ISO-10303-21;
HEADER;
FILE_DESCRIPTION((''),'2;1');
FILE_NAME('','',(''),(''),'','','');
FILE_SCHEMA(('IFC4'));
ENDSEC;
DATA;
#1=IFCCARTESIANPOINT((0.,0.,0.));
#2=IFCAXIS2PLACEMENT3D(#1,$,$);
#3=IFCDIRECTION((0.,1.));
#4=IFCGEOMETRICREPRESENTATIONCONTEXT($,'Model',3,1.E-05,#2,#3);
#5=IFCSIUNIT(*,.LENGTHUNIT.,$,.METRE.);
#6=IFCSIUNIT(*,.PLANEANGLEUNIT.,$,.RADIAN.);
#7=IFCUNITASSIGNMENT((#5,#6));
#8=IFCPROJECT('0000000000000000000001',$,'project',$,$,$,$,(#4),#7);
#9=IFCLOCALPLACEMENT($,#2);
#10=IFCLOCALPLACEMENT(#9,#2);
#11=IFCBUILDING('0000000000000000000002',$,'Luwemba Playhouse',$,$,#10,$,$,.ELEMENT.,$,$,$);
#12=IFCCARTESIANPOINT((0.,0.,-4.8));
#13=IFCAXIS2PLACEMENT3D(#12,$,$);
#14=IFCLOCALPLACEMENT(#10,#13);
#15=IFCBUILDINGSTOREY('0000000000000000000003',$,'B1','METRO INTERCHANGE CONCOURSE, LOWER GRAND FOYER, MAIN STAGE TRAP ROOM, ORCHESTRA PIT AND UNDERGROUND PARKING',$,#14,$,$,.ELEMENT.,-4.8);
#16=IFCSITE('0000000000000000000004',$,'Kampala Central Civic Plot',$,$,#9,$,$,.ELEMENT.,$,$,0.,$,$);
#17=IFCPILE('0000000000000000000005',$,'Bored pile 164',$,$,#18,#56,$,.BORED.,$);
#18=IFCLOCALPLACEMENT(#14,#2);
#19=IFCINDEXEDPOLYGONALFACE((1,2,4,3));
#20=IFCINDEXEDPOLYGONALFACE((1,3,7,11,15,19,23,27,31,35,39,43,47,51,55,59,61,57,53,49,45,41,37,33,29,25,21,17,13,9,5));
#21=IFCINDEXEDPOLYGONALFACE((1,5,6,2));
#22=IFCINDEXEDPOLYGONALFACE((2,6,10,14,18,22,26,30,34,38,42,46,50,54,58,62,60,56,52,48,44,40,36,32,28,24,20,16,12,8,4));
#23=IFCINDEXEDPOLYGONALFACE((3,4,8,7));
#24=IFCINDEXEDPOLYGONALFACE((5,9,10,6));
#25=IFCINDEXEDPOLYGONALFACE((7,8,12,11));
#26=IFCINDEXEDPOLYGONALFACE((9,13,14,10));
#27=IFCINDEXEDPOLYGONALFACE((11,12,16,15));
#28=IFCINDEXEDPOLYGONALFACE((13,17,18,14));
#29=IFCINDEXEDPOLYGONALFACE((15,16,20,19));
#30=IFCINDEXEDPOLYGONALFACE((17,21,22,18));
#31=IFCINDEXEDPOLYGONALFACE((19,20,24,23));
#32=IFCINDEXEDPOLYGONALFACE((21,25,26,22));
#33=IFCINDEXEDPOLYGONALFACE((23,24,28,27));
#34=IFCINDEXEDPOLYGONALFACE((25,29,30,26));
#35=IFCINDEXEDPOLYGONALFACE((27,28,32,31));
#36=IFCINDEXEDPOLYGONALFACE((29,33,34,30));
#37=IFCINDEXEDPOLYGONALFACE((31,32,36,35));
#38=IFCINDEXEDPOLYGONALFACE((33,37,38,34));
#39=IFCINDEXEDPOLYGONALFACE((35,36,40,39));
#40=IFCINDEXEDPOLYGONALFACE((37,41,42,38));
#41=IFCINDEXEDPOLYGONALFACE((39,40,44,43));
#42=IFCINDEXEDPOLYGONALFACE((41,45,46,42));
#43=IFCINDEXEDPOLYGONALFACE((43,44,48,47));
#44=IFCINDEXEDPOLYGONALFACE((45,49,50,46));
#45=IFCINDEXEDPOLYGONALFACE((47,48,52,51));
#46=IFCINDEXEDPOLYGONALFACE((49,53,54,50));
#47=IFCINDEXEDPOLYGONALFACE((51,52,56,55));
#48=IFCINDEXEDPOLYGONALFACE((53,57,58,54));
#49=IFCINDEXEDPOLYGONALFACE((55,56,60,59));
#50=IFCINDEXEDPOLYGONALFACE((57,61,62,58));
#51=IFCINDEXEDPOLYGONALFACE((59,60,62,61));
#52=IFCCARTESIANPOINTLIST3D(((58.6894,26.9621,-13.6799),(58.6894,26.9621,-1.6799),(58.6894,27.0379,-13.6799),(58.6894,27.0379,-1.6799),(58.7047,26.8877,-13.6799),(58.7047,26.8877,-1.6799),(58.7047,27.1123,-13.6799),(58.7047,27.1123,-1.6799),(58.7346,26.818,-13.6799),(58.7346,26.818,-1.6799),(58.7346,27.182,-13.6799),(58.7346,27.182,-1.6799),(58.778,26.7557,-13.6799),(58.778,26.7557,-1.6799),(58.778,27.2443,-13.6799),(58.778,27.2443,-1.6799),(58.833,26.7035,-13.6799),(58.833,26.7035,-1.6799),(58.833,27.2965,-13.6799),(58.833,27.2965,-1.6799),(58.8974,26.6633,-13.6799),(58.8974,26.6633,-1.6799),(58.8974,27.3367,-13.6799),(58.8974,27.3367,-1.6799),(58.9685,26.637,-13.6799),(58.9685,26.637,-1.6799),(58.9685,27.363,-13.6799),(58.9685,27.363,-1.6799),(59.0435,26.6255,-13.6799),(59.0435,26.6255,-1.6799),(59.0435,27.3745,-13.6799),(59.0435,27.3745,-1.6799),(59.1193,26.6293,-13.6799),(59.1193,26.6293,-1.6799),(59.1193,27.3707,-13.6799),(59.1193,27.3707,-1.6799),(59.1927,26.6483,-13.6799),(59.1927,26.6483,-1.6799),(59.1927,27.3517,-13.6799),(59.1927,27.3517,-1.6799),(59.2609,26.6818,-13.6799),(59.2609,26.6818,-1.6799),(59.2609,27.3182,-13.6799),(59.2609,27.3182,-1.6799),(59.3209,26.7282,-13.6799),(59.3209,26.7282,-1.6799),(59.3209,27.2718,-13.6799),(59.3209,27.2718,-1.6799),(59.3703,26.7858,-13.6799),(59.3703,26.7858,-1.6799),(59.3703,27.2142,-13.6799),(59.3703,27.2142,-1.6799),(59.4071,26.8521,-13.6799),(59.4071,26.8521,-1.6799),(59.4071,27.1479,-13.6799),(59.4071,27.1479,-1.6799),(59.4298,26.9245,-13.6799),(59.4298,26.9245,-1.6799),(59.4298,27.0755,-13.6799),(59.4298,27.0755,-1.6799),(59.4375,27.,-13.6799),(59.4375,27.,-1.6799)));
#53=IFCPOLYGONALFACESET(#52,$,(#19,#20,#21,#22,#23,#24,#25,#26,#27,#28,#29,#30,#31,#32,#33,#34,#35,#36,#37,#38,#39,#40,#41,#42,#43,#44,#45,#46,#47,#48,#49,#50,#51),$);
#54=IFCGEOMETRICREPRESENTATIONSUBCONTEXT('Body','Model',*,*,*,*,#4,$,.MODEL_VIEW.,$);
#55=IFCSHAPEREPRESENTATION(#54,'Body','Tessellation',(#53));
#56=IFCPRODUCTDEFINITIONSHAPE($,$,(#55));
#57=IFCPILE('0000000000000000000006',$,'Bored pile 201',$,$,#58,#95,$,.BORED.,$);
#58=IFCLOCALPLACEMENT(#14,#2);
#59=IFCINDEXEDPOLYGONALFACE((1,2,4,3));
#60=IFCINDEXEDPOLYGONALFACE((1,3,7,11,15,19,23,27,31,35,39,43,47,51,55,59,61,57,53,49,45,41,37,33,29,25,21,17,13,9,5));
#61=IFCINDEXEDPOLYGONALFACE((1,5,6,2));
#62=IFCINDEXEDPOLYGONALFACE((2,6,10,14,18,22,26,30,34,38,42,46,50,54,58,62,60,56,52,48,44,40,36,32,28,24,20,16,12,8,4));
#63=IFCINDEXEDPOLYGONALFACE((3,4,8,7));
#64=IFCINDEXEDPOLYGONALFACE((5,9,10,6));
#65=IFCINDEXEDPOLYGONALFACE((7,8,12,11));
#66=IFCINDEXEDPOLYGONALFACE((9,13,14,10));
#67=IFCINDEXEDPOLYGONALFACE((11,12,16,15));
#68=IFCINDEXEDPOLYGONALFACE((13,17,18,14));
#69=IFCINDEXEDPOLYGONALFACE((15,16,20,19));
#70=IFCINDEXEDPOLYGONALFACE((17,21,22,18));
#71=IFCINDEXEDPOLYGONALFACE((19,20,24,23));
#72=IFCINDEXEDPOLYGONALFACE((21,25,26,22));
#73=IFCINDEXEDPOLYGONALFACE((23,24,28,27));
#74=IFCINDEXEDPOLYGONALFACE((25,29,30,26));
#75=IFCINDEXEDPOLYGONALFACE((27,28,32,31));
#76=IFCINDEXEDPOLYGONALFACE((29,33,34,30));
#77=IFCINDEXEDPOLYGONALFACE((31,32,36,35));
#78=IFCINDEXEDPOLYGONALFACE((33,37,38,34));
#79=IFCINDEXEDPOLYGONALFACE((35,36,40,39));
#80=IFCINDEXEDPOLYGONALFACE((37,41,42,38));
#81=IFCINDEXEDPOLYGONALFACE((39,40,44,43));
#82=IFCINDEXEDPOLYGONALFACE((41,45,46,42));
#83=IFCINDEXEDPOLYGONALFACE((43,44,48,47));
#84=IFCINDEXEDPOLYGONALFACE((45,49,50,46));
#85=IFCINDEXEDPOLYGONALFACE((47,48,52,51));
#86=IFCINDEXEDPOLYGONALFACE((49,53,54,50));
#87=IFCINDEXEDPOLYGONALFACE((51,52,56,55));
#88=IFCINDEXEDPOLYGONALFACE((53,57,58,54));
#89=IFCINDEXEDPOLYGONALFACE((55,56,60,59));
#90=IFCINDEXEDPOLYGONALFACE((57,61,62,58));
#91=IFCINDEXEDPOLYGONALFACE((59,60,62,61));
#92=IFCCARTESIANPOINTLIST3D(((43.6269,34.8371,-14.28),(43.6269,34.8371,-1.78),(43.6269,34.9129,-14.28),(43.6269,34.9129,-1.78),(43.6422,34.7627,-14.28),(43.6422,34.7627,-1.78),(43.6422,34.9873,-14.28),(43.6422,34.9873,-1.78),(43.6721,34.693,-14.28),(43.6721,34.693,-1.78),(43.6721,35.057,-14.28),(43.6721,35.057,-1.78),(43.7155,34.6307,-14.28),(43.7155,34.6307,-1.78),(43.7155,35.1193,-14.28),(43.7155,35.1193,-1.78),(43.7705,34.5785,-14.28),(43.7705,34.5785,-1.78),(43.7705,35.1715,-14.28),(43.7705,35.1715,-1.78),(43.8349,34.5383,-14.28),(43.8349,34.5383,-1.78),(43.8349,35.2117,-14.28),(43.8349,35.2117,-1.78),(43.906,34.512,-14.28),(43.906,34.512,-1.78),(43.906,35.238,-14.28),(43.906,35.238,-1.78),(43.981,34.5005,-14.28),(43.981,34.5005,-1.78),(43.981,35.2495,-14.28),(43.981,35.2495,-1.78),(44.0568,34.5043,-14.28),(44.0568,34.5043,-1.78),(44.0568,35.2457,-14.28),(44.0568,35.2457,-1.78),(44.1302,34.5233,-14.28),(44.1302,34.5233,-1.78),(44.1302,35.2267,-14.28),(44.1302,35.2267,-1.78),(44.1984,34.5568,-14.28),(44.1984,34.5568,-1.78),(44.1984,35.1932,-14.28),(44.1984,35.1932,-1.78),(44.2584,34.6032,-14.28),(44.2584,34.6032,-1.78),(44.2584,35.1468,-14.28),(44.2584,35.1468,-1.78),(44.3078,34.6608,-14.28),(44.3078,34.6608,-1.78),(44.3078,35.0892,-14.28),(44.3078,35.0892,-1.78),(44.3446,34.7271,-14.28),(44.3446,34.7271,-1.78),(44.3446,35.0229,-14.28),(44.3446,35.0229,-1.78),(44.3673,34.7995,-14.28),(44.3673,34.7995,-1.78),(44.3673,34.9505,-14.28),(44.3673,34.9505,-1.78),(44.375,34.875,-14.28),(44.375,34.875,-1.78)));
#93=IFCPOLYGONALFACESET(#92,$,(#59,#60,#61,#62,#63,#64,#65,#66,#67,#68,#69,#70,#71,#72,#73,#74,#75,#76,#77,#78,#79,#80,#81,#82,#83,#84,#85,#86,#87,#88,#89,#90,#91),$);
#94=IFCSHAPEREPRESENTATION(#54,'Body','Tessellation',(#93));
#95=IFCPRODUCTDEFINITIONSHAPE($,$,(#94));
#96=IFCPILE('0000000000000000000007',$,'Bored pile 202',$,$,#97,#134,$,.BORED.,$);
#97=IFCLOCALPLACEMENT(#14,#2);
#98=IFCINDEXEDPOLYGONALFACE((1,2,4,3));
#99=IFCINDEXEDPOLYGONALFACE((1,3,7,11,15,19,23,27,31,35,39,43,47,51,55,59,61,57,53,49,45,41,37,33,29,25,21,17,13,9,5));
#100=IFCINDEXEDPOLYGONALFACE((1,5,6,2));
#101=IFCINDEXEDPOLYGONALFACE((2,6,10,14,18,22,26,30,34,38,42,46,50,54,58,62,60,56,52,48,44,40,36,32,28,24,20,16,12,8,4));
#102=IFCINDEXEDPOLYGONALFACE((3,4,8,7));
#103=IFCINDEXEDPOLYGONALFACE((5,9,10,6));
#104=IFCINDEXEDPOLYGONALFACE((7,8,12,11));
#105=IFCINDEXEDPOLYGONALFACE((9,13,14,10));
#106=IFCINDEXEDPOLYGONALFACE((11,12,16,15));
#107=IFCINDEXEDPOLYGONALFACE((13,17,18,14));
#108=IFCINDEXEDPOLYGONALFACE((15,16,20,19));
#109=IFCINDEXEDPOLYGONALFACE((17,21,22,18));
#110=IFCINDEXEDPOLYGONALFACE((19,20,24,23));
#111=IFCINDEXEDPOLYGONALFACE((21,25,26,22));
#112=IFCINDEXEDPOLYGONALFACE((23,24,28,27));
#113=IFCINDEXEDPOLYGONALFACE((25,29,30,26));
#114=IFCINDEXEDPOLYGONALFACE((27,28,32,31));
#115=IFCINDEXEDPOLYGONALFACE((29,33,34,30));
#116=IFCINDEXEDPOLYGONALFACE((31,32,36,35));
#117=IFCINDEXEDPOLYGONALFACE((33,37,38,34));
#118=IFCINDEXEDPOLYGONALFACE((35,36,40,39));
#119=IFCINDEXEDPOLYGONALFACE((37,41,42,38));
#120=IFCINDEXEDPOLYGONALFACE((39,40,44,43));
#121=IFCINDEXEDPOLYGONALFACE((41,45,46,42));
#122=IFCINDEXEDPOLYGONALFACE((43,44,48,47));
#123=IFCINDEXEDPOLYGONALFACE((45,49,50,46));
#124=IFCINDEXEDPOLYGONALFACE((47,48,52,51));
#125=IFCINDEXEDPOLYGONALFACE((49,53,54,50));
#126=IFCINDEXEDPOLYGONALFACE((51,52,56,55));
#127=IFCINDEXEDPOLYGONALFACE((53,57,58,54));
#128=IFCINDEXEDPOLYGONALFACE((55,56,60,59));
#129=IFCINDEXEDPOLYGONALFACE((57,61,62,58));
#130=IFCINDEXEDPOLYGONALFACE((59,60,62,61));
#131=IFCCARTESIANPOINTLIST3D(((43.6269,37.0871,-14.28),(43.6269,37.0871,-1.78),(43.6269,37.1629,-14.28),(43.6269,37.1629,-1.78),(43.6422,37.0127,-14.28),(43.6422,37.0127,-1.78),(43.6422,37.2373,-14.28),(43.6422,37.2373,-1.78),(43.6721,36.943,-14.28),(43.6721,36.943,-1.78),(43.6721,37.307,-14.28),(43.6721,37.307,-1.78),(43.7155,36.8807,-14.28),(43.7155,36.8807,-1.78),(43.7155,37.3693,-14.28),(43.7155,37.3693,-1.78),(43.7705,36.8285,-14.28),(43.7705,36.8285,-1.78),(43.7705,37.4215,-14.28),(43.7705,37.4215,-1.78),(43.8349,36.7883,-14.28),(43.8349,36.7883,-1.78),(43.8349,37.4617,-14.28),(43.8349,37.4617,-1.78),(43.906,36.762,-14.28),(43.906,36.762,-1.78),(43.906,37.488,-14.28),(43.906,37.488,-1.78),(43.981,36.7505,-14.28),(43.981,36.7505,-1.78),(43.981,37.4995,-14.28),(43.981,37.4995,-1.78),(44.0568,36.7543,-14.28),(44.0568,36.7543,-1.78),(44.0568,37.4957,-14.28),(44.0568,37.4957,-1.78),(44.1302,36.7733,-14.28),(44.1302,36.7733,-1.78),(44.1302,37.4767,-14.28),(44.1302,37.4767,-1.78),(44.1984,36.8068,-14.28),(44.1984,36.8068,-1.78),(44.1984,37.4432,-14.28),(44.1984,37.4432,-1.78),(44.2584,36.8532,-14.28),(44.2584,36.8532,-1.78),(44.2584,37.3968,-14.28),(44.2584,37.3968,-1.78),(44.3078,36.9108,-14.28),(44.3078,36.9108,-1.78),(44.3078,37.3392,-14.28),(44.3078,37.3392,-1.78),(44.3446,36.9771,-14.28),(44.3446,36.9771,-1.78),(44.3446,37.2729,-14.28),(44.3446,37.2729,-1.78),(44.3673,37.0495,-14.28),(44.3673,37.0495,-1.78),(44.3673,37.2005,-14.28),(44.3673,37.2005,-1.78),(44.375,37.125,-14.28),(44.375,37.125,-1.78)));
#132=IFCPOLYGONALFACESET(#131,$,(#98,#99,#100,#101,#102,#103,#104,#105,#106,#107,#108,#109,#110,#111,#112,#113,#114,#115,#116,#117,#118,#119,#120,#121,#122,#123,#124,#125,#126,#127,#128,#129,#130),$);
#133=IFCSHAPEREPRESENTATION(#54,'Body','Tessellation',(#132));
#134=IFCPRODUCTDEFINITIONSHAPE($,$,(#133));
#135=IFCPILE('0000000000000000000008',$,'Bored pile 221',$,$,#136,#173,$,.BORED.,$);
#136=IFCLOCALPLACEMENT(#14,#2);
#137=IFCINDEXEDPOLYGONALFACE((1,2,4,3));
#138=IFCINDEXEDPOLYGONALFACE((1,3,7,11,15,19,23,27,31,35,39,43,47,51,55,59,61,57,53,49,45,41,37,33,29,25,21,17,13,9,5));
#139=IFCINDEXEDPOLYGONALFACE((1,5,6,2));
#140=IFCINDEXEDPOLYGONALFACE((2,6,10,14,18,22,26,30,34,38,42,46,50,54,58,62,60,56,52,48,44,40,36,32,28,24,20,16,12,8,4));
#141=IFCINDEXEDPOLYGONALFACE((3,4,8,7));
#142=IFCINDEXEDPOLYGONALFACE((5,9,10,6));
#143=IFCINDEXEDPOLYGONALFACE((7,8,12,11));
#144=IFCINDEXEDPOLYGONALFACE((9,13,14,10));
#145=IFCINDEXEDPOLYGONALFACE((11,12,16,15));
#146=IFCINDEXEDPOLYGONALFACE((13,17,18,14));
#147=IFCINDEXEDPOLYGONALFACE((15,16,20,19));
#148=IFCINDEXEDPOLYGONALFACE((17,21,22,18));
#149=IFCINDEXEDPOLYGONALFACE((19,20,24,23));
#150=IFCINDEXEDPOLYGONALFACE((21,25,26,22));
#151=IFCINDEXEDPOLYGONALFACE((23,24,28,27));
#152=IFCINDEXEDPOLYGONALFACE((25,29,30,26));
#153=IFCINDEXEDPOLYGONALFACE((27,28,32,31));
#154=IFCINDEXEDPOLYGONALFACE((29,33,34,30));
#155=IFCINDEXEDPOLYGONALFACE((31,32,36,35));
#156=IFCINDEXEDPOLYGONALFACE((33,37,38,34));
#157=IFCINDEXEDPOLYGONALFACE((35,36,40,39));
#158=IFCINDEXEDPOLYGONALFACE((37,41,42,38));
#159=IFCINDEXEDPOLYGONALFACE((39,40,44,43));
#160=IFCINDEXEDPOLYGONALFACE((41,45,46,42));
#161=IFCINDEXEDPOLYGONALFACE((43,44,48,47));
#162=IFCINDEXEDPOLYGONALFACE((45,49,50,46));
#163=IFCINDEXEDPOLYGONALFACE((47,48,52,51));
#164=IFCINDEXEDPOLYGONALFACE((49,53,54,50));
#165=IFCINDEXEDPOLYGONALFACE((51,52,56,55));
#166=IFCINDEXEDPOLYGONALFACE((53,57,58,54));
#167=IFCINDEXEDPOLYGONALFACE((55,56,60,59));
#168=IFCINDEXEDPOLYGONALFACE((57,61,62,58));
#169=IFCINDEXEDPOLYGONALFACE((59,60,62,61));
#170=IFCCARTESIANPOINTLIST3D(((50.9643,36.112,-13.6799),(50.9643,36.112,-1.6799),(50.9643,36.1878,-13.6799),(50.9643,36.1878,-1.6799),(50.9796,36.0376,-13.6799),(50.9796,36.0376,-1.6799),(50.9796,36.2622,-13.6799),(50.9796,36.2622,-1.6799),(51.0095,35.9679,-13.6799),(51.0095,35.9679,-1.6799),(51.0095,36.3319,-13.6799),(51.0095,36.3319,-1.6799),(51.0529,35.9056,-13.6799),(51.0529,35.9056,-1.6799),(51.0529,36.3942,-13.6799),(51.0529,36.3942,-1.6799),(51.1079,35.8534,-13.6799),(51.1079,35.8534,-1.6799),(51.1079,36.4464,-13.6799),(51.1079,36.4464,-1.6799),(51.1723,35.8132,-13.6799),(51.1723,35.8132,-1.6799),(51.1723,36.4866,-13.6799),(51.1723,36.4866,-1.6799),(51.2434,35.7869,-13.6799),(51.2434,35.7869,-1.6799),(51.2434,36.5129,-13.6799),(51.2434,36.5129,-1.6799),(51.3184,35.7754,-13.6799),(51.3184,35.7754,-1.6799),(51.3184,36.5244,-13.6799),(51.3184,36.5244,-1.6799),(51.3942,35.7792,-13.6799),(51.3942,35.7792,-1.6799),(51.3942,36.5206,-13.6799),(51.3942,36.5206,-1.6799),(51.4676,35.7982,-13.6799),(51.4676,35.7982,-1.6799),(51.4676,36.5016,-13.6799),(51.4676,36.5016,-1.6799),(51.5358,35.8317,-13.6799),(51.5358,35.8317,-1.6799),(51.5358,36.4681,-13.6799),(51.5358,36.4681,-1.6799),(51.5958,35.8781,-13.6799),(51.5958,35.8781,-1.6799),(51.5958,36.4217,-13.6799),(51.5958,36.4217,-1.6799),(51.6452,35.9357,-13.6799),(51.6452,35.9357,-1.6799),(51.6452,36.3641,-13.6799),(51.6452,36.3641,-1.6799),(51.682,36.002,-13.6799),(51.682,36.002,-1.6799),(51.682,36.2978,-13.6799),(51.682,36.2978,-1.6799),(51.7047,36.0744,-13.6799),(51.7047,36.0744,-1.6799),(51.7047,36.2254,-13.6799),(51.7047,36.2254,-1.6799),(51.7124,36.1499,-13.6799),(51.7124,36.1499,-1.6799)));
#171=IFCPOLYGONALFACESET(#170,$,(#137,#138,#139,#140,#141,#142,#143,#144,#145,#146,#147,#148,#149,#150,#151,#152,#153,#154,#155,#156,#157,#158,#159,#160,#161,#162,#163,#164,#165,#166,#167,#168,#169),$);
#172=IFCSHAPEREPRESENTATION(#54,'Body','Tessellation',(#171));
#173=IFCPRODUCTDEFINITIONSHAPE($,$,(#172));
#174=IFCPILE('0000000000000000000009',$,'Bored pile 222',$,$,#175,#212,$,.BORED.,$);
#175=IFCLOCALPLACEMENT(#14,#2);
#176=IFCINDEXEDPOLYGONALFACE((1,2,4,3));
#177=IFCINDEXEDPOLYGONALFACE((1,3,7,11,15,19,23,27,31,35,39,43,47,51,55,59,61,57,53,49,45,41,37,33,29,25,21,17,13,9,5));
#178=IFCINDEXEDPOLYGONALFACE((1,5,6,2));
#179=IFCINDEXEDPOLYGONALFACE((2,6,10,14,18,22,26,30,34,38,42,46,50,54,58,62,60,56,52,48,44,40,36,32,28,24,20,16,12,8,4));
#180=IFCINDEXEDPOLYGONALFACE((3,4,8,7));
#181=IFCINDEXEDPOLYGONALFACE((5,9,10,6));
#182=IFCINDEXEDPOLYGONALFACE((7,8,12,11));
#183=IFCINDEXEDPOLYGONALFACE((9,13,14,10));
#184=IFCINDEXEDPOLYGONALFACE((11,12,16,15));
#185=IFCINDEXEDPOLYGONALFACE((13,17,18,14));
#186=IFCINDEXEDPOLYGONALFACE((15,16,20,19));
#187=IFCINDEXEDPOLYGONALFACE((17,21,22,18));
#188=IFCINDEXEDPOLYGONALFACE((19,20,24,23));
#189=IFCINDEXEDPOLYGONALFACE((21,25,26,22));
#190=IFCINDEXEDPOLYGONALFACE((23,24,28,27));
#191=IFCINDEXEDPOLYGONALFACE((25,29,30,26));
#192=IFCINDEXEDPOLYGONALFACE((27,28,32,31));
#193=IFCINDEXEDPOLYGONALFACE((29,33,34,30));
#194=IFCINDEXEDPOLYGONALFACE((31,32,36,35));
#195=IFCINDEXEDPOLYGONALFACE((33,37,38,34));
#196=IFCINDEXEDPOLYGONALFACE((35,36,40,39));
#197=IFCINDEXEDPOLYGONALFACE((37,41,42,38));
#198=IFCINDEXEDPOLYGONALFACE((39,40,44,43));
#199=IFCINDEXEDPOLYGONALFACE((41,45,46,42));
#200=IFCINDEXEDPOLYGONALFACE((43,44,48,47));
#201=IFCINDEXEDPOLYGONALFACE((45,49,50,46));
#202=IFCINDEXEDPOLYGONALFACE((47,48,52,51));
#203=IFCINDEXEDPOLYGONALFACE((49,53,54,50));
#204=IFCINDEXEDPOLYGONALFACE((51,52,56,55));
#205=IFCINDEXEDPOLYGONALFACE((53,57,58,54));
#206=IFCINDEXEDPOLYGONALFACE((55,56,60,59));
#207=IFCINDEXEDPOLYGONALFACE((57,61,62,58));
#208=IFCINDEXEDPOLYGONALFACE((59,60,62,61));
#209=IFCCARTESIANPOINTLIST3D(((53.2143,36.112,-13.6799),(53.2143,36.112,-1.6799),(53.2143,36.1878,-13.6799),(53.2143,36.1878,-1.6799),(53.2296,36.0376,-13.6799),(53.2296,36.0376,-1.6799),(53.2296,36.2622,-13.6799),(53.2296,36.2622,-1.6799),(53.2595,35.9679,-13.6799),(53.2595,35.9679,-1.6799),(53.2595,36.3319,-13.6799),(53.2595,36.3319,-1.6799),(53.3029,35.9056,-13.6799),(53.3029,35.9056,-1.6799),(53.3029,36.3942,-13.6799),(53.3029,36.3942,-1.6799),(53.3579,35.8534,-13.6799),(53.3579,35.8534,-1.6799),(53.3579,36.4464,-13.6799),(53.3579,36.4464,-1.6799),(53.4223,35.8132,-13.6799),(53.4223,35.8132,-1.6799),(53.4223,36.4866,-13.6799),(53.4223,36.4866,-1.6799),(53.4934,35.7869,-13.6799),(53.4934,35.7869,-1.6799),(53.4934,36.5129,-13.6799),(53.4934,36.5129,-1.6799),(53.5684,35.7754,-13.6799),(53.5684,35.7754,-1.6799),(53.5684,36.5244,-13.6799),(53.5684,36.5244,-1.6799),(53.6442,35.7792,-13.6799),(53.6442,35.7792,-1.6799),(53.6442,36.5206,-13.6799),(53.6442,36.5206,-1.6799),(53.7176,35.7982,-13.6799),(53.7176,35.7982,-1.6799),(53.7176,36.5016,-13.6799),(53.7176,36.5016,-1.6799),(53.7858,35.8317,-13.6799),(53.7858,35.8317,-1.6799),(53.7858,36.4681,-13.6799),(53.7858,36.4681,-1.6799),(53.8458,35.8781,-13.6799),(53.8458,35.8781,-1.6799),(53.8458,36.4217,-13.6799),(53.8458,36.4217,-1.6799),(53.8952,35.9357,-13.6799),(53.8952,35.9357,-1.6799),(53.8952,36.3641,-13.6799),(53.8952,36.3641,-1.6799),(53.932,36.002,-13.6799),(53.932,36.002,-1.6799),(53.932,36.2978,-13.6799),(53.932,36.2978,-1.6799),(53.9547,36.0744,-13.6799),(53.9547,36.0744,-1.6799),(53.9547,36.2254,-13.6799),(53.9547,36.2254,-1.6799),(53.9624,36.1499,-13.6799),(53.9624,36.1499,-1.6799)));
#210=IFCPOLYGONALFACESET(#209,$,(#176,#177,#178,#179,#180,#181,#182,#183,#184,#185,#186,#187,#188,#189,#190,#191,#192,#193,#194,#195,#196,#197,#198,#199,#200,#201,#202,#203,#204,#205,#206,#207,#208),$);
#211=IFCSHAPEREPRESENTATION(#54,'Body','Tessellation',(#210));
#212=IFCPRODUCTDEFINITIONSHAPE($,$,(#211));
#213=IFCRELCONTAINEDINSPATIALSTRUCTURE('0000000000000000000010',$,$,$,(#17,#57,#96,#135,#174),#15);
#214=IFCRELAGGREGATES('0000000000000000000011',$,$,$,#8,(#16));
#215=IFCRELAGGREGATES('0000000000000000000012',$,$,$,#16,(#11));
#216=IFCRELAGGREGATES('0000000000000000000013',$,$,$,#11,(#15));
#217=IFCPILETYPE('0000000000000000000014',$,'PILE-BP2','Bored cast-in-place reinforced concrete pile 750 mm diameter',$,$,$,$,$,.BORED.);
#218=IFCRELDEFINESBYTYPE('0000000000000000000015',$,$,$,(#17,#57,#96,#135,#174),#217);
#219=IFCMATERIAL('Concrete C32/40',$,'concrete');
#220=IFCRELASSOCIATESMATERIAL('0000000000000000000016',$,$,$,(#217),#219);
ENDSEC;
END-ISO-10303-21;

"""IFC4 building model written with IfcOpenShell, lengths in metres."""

from ifc_helpers import new_model, si_unit, direction, frame, origin, origin_2d, place, context, subcontext, project, spatial, circle, extrude, material, material_profile, profile_set, type_object, element, save


model = new_model("IFC4")

# Units and contexts
model_context = context("Model", 3, precision=1e-05, world=origin(), true_north=direction((0.0, 1.0)))
body_context = subcontext(model_context, "Body", "Model", "MODEL_VIEW")
ifc_project = project(units=[si_unit("LENGTHUNIT", "METRE"), si_unit("PLANEANGLEUNIT", "RADIAN")], contexts=[model_context])

# Site, building, storey
site_placement = place(None, origin())
site = spatial("IfcSite", under=ifc_project, at=site_placement, Name="Kampala Central Civic Plot", CompositionType="ELEMENT", RefElevation=0.0)
building_placement = place(site_placement, origin())
building = spatial("IfcBuilding", under=site, at=building_placement, Name="Luwemba Playhouse", CompositionType="ELEMENT")
storey_placement = place(building_placement, frame((0.0, 0.0, -4.8)))
storey = spatial("IfcBuildingStorey", under=building, at=storey_placement, Name="B1", Description="METRO INTERCHANGE CONCOURSE, LOWER GRAND FOYER, MAIN STAGE TRAP ROOM, ORCHESTRA PIT AND UNDERGROUND PARKING", CompositionType="ELEMENT", Elevation=-4.8)

# Shared definitions
ifc_material_1 = material(Name="Concrete C32/40", Category="concrete")

# Piles
ifc_material_profile_1 = material_profile(ifc_material_1, circle(Radius=0.375, at=origin_2d()))
ifc_profile_set_1 = profile_set([ifc_material_profile_1], Name="Concrete C32/40")
pile_type_1 = type_object("IfcPileType", Name="PILE-BP2", Description="Bored cast-in-place reinforced concrete pile 750 mm diameter", PredefinedType="BORED", material=ifc_profile_set_1)
for number, where, z_axis, x_axis, name in (
    (1, (59.0625, 27.0, -1.6799), (0.0, 0.0, -1.0), (1.0, 0.0, 0.0), "Bored pile 164"),
):
    element("IfcPile", number, at=place(storey_placement, frame(where, z_axis=z_axis, x_axis=x_axis)), inside=storey, type_object=pile_type_1, Name=name, PredefinedType="BORED", context=body_context, shape_type="SweptSolid", body=[
        extrude(circle(Radius=0.375, at=origin_2d()), origin(), (0.0, 0.0, 1.0), 12.0),
    ])
for number, where, z_axis, x_axis, name in (
    (2, (44.0, 34.875, -1.78), (0.0, 0.0, -1.0), (1.0, 0.0, 0.0), "Bored pile 201"),
    (3, (44.0, 37.125, -1.78), (0.0, 0.0, -1.0), (1.0, 0.0, 0.0), "Bored pile 202"),
):
    element("IfcPile", number, at=place(storey_placement, frame(where, z_axis=z_axis, x_axis=x_axis)), inside=storey, type_object=pile_type_1, Name=name, PredefinedType="BORED", context=body_context, shape_type="SweptSolid", body=[
        extrude(circle(Radius=0.375, at=origin_2d()), origin(), (0.0, 0.0, 1.0), 12.5),
    ])
for number, where, z_axis, x_axis, name in (
    (4, (51.3374, 36.1499, -1.6799), (0.0, 0.0, -1.0), (1.0, 0.0, 0.0), "Bored pile 221"),
    (5, (53.5874, 36.1499, -1.6799), (0.0, 0.0, -1.0), (1.0, 0.0, 0.0), "Bored pile 222"),
):
    element("IfcPile", number, at=place(storey_placement, frame(where, z_axis=z_axis, x_axis=x_axis)), inside=storey, type_object=pile_type_1, Name=name, PredefinedType="BORED", context=body_context, shape_type="SweptSolid", body=[
        extrude(circle(Radius=0.375, at=origin_2d()), origin(), (0.0, 0.0, 1.0), 12.0),
    ])

save(model, "model.ifc")
